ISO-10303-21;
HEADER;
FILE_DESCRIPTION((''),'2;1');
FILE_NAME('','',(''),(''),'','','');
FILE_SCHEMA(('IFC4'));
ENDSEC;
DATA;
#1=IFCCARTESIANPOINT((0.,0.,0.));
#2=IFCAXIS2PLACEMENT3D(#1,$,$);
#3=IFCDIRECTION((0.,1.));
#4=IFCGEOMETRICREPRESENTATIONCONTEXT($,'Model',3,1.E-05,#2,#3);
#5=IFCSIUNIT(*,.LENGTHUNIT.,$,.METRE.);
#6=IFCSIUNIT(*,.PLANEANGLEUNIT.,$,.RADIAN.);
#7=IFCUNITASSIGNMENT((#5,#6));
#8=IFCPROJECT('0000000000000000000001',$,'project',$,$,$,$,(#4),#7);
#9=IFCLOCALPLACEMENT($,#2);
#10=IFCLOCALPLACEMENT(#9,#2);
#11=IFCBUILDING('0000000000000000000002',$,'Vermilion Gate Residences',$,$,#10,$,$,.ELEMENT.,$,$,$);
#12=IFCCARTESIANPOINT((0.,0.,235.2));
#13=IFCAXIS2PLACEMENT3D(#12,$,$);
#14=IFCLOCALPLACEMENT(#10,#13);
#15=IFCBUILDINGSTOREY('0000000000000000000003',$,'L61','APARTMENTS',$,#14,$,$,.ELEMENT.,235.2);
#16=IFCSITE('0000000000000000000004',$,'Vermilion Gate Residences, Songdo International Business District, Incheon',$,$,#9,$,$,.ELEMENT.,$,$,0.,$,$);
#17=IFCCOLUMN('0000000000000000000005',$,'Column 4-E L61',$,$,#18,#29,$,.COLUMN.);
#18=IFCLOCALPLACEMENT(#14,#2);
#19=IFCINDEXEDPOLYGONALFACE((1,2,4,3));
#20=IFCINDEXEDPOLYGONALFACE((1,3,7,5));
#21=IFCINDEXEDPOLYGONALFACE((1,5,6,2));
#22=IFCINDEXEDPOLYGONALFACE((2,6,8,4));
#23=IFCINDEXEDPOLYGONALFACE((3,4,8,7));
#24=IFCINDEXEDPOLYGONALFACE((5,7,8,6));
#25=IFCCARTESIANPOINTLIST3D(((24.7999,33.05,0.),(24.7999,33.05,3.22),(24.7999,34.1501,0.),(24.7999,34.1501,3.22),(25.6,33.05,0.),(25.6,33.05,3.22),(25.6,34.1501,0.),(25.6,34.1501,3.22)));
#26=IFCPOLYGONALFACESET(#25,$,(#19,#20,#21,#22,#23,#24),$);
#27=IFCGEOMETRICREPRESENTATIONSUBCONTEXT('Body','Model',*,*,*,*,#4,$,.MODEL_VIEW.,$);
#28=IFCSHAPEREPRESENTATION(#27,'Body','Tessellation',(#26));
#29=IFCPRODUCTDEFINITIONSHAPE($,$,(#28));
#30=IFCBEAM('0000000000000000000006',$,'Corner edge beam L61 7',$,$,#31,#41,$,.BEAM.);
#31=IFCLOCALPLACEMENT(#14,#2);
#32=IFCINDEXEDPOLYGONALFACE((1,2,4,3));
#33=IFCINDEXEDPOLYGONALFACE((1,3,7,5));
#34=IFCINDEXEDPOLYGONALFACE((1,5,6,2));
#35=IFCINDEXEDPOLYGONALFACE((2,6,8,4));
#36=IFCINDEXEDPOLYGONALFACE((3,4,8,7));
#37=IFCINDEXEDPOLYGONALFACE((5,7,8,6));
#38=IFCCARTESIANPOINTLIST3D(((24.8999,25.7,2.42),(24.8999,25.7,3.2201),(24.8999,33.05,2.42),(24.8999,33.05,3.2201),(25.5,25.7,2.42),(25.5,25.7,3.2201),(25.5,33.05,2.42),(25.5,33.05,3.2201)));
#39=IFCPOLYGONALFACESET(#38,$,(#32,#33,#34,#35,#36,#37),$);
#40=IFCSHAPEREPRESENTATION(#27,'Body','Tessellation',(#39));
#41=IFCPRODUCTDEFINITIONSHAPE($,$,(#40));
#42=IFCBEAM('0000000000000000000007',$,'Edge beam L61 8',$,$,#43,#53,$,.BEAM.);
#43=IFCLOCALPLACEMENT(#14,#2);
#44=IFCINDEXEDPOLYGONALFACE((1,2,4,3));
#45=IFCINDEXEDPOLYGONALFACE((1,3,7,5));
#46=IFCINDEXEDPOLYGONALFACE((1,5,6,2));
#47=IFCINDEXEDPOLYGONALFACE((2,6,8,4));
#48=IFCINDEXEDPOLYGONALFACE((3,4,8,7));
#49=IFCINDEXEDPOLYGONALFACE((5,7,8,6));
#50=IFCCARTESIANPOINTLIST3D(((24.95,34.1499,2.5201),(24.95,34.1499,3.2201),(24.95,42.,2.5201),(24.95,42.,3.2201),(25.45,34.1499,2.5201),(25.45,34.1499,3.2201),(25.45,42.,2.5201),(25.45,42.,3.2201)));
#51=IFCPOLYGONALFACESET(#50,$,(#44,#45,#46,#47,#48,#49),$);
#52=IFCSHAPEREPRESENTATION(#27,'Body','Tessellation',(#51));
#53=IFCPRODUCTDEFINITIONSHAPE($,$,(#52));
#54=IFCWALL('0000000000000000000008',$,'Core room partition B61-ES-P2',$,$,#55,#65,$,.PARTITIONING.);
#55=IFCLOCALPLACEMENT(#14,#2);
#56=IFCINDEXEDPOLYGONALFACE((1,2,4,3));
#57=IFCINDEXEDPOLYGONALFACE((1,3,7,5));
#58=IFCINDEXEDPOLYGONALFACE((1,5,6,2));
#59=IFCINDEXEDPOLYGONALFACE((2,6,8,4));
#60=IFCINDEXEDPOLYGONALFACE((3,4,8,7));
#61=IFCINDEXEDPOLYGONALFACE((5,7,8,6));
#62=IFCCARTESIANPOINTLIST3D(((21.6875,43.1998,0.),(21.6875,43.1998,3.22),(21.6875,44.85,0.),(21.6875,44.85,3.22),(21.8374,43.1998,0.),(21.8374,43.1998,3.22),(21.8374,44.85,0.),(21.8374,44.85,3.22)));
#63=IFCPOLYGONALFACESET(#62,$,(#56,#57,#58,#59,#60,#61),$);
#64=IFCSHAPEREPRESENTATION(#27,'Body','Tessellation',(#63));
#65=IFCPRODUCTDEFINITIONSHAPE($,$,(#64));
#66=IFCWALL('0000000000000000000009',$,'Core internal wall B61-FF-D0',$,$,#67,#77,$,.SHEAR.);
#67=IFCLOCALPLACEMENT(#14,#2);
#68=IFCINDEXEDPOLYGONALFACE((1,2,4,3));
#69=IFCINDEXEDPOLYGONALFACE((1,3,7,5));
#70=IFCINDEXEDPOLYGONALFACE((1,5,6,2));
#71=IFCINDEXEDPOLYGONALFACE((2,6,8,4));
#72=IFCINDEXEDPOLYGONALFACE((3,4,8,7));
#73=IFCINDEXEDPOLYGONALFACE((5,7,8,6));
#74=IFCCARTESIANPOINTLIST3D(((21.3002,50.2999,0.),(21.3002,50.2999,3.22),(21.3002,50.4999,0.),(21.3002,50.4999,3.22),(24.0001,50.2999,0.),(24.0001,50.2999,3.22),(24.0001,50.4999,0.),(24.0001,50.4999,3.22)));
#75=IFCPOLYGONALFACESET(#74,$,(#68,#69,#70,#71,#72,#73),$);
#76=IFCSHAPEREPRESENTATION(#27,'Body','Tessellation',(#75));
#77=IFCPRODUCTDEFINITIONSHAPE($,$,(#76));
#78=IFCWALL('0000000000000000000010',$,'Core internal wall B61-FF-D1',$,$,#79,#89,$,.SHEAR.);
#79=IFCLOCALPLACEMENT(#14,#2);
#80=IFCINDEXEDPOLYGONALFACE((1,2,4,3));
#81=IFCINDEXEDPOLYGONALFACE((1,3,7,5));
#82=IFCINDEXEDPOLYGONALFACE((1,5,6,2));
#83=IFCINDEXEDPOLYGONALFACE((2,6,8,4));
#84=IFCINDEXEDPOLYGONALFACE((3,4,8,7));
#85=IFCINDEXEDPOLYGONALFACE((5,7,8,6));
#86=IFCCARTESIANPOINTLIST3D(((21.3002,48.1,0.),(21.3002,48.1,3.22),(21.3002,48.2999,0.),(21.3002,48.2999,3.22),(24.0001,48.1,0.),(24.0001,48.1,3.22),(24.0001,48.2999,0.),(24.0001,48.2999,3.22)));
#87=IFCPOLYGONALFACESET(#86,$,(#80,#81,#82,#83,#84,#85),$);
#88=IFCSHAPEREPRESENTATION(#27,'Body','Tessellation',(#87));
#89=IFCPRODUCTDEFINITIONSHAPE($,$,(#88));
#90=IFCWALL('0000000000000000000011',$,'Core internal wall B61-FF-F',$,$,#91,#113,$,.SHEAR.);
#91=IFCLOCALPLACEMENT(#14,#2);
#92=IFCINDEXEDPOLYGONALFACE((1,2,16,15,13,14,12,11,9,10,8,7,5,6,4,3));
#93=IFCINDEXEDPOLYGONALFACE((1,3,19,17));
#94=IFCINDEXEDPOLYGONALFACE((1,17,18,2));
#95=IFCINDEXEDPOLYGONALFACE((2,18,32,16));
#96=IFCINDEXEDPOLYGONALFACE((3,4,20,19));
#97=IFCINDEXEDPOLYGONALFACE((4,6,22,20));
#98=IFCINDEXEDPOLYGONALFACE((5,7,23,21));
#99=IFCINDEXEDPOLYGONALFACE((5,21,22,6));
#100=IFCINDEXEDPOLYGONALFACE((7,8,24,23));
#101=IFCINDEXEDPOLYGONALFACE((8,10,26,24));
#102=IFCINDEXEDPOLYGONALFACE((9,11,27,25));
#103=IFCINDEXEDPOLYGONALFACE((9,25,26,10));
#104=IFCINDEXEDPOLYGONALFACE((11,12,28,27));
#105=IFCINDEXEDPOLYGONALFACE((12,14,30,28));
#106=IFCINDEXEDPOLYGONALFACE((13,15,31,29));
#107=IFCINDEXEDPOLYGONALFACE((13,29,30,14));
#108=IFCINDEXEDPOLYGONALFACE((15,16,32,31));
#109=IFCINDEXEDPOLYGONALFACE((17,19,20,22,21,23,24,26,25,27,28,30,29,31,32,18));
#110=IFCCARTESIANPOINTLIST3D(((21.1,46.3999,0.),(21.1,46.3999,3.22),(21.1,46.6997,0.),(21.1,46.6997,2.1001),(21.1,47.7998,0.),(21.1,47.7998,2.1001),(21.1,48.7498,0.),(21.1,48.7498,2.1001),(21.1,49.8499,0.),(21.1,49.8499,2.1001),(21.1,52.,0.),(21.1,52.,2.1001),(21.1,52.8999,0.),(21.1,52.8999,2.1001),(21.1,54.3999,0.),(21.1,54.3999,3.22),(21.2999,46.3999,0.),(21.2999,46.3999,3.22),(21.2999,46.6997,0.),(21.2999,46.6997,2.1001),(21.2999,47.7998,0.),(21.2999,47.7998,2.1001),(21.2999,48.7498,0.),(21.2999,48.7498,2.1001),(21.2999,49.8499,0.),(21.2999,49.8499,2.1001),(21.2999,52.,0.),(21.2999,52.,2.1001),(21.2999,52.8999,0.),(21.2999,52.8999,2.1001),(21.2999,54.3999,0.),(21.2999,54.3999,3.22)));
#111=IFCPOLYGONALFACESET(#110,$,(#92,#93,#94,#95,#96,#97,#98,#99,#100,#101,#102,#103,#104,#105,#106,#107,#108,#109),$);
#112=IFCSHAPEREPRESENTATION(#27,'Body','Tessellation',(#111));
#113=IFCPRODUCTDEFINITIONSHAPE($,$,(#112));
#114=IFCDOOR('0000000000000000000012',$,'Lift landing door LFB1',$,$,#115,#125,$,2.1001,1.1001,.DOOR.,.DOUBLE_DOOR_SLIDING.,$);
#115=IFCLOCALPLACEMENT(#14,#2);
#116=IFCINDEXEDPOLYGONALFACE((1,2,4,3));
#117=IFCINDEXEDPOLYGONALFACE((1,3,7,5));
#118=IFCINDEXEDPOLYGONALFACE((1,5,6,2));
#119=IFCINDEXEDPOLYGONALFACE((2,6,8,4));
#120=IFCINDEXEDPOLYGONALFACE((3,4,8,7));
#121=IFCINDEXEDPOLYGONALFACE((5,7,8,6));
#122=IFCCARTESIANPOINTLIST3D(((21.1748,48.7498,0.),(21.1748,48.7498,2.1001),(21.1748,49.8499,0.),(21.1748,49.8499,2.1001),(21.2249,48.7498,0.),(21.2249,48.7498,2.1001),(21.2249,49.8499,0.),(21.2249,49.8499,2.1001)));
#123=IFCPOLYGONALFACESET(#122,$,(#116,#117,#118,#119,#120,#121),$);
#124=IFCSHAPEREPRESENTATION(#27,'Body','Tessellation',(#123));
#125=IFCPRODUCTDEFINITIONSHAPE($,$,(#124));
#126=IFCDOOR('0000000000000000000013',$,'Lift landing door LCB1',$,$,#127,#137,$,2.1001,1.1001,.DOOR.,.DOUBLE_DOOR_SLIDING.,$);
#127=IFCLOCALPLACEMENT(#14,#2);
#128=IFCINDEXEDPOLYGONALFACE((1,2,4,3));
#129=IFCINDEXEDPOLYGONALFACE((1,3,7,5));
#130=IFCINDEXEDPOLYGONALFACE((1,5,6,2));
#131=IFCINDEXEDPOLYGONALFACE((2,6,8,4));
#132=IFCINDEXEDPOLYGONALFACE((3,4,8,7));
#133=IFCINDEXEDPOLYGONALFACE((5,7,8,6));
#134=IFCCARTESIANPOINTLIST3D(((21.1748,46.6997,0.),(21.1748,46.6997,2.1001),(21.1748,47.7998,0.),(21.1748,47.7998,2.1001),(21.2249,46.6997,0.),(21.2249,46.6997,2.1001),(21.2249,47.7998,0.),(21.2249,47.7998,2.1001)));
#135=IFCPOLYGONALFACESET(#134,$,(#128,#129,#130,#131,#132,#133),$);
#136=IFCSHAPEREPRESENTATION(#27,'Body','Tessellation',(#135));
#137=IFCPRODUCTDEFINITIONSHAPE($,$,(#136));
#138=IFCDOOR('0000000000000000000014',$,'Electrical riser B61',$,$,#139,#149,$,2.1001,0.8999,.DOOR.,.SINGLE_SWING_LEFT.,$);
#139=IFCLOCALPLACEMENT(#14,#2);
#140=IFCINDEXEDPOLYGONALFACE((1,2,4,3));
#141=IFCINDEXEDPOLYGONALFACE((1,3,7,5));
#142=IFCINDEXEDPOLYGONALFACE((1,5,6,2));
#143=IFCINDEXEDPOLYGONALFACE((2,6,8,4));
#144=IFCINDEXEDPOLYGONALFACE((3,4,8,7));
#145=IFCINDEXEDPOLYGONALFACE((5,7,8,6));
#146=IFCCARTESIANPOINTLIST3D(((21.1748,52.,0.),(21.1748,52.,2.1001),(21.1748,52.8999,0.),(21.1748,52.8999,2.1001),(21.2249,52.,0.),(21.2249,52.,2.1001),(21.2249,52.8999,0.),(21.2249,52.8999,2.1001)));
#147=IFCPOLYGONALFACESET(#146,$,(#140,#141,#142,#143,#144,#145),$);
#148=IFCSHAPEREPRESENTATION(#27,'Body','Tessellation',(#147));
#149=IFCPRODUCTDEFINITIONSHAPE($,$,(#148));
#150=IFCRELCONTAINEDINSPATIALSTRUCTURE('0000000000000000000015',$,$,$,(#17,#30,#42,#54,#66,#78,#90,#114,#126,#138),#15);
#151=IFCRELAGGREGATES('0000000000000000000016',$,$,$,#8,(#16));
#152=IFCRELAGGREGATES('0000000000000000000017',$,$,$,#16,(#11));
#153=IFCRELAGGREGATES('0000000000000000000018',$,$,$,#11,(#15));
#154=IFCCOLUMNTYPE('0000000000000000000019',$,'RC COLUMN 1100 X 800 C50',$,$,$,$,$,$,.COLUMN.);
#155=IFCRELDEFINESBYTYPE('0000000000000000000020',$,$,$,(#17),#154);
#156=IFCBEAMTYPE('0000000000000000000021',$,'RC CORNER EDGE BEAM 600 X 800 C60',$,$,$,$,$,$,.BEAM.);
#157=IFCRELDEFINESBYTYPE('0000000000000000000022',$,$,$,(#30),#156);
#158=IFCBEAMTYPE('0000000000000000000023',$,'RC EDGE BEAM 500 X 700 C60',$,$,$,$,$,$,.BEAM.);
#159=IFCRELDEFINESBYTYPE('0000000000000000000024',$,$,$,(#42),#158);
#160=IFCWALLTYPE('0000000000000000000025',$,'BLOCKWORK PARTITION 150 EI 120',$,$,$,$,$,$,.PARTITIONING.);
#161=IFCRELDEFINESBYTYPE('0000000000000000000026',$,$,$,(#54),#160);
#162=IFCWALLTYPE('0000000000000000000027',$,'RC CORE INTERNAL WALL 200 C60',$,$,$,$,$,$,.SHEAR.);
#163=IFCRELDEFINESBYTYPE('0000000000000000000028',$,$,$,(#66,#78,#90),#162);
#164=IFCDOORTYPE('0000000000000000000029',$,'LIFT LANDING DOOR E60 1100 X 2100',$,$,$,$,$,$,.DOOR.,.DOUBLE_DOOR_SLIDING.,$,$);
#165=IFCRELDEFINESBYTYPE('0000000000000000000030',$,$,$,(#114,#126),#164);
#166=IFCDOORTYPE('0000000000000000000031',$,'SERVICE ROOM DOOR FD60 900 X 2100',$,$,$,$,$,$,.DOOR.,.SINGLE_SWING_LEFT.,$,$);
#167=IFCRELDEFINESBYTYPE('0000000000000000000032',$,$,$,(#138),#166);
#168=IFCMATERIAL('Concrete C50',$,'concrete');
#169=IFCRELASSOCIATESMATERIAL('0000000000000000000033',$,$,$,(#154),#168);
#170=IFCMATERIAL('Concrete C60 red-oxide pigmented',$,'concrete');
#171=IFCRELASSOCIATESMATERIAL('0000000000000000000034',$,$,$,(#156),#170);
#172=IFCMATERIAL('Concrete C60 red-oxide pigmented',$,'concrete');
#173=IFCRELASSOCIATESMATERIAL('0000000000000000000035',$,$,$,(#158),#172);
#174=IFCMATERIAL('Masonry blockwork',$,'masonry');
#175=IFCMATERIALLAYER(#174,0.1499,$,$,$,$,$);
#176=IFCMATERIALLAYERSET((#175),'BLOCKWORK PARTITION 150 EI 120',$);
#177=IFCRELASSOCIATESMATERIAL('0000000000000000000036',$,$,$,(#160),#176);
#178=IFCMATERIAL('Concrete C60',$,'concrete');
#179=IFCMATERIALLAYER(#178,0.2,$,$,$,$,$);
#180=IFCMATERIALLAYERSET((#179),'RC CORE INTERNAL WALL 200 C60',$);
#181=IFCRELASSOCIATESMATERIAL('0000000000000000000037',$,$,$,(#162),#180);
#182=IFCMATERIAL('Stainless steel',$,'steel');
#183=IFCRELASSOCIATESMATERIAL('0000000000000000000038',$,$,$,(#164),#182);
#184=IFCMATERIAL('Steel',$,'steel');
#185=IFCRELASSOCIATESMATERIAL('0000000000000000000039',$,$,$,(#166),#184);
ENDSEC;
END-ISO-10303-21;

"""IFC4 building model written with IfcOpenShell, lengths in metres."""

from ifc_helpers import new_model, si_unit, direction, frame, frame_2d, origin, origin_2d, place, context, subcontext, project, spatial, rectangle, extrude, material, layer, layer_set, material_profile, profile_set, type_object, element, fill, save


model = new_model("IFC4")

# Units and contexts
model_context = context("Model", 3, precision=1e-05, world=origin(), true_north=direction((0.0, 1.0)))
body_context = subcontext(model_context, "Body", "Model", "MODEL_VIEW")
ifc_project = project(units=[si_unit("LENGTHUNIT", "METRE"), si_unit("PLANEANGLEUNIT", "RADIAN")], contexts=[model_context])

# Site, building, storey
site_placement = place(None, origin())
site = spatial("IfcSite", under=ifc_project, at=site_placement, Name="Vermilion Gate Residences, Songdo International Business District, Incheon", CompositionType="ELEMENT", RefElevation=0.0)
building_placement = place(site_placement, origin())
building = spatial("IfcBuilding", under=site, at=building_placement, Name="Vermilion Gate Residences", CompositionType="ELEMENT")
storey_placement = place(building_placement, frame((0.0, 0.0, 235.2)))
storey = spatial("IfcBuildingStorey", under=building, at=storey_placement, Name="L61", Description="APARTMENTS", CompositionType="ELEMENT", Elevation=235.2)

# Column
ifc_material_1 = material(Name="Concrete C50", Category="concrete")
ifc_material_profile_1 = material_profile(ifc_material_1, rectangle(XDim=1.1001, YDim=0.8, at=origin_2d()), Name="RC-1100x800")
ifc_profile_set_1 = profile_set([ifc_material_profile_1], Name="Concrete C50")
column_type = type_object("IfcColumnType", Name="RC COLUMN 1100 X 800 C50", PredefinedType="COLUMN", material=ifc_profile_set_1)
column_placement = place(storey_placement, frame((25.2, 33.6001, 0.0), z_axis=(0.0, 0.0, 1.0), x_axis=(0.0, 1.0, 0.0)))
element("IfcColumn", 1, at=column_placement, inside=storey, type_object=column_type, Name="Column 4-E L61", PredefinedType="COLUMN", context=body_context, shape_type="SweptSolid", body=[
    extrude(rectangle(XDim=1.1001, YDim=0.8, at=origin_2d()), origin(), (0.0, 0.0, 1.0), 3.22),
])

# Beams
ifc_material_2 = material(Name="Concrete C60 red-oxide pigmented", Category="concrete")
ifc_material_profile_2 = material_profile(ifc_material_2, rectangle(XDim=0.6001, YDim=0.8, at=origin_2d()), Name="RC-600x800")
ifc_profile_set_2 = profile_set([ifc_material_profile_2], Name="Concrete C60 red-oxide pigmented")
beam_type_1 = type_object("IfcBeamType", Name="RC CORNER EDGE BEAM 600 X 800 C60", PredefinedType="BEAM", material=ifc_profile_set_2)
beam_1_placement = place(storey_placement, frame((25.2, 25.7, 2.8201), z_axis=(0.0, 1.0, 0.0), x_axis=(-1.0, 0.0, 0.0)))
element("IfcBeam", 2, at=beam_1_placement, inside=storey, type_object=beam_type_1, Name="Corner edge beam L61 7", PredefinedType="BEAM", context=body_context, shape_type="SweptSolid", body=[
    extrude(rectangle(XDim=0.6001, YDim=0.8, at=origin_2d()), origin(), (0.0, 0.0, 1.0), 7.3501),
])
ifc_material_3 = material(Name="Concrete C60 red-oxide pigmented", Category="concrete")
ifc_material_profile_3 = material_profile(ifc_material_3, rectangle(XDim=0.5, YDim=0.7, at=origin_2d()), Name="RC-500x700")
ifc_profile_set_3 = profile_set([ifc_material_profile_3], Name="Concrete C60 red-oxide pigmented")
beam_type_2 = type_object("IfcBeamType", Name="RC EDGE BEAM 500 X 700 C60", PredefinedType="BEAM", material=ifc_profile_set_3)
beam_2_placement = place(storey_placement, frame((25.2, 34.1499, 2.8701), z_axis=(0.0, 1.0, 0.0), x_axis=(-1.0, 0.0, 0.0)))
element("IfcBeam", 3, at=beam_2_placement, inside=storey, type_object=beam_type_2, Name="Edge beam L61 8", PredefinedType="BEAM", context=body_context, shape_type="SweptSolid", body=[
    extrude(rectangle(XDim=0.5, YDim=0.7, at=origin_2d()), origin(), (0.0, 0.0, 1.0), 7.8501),
])

# Walls
ifc_material_4 = material(Name="Masonry blockwork", Category="masonry")
ifc_layer_1 = layer(ifc_material_4, 0.1499)
ifc_layer_set_1 = layer_set([ifc_layer_1], Name="BLOCKWORK PARTITION 150 EI 120")
wall_type_1 = type_object("IfcWallType", Name="BLOCKWORK PARTITION 150 EI 120", PredefinedType="PARTITIONING", material=ifc_layer_set_1)
wall_1_placement = place(storey_placement, frame((21.7625, 44.8501, 0.0), z_axis=(0.0, 0.0, 1.0), x_axis=(0.0, -1.0, 0.0)))
element("IfcWall", 4, at=wall_1_placement, inside=storey, type_object=wall_type_1, Name="Core room partition B61-ES-P2", PredefinedType="PARTITIONING", context=body_context, shape_type="SweptSolid", body=[
    extrude(rectangle(XDim=1.6501, YDim=0.1499, at=frame_2d((0.8252, 0.0))), origin(), (0.0, 0.0, 1.0), 3.22),
])
ifc_material_5 = material(Name="Concrete C60", Category="concrete")
ifc_layer_2 = layer(ifc_material_5, 0.2)
ifc_layer_set_2 = layer_set([ifc_layer_2], Name="RC CORE INTERNAL WALL 200 C60")
wall_type_2 = type_object("IfcWallType", Name="RC CORE INTERNAL WALL 200 C60", PredefinedType="SHEAR", material=ifc_layer_set_2)
for number, where, z_axis, x_axis, name in (
    (5, (21.3, 50.3999, 0.0), (0.0, 0.0, 1.0), (1.0, 0.0, 0.0), "Core internal wall B61-FF-D0"),
    (6, (21.3, 48.2, 0.0), (0.0, 0.0, 1.0), (1.0, 0.0, 0.0), "Core internal wall B61-FF-D1"),
):
    element("IfcWall", number, at=place(storey_placement, frame(where, z_axis=z_axis, x_axis=x_axis)), inside=storey, type_object=wall_type_2, Name=name, PredefinedType="SHEAR", context=body_context, shape_type="SweptSolid", body=[
        extrude(rectangle(XDim=2.7, YDim=0.2, at=frame_2d((1.3501, 0.0))), origin(), (0.0, 0.0, 1.0), 3.22),
    ])

# Wall, openings, doors
wall_2_placement = place(storey_placement, frame((21.2, 54.3999, 0.0), z_axis=(0.0, 0.0, 1.0), x_axis=(0.0, -1.0, 0.0)))
wall_2 = element("IfcWall", 7, at=wall_2_placement, inside=storey, type_object=wall_type_2, Name="Core internal wall B61-FF-F", PredefinedType="SHEAR", context=body_context, shape_type="SweptSolid", body=[
    extrude(rectangle(XDim=8.0, YDim=0.2, at=frame_2d((4.0, 0.0))), origin(), (0.0, 0.0, 1.0), 3.22),
])
opening_1_placement = place(wall_2_placement, frame((1.5, 0.0, 0.0)))
opening_1 = element("IfcOpeningElement", 8, at=opening_1_placement, cuts=wall_2, PredefinedType="OPENING", context=body_context, shape_type="SweptSolid", body=[
    extrude(rectangle(XDim=0.8999, YDim=2.1001, at=frame_2d((0.45, 1.05))), frame((0.0, 0.1099, 0.0), z_axis=(0.0, -1.0, 0.0), x_axis=(1.0, 0.0, 0.0)), (0.0, 0.0, 1.0), 0.22),
])
opening_2_placement = place(wall_2_placement, frame((4.55, 0.0, 0.0)))
opening_2 = element("IfcOpeningElement", 9, at=opening_2_placement, cuts=wall_2, PredefinedType="OPENING", context=body_context, shape_type="SweptSolid", body=[
    extrude(rectangle(XDim=1.1001, YDim=2.1001, at=frame_2d((0.55, 1.05))), frame((0.0, 0.1099, 0.0), z_axis=(0.0, -1.0, 0.0), x_axis=(1.0, 0.0, 0.0)), (0.0, 0.0, 1.0), 0.22),
])
opening_3_placement = place(wall_2_placement, frame((6.6001, 0.0, 0.0)))
opening_3 = element("IfcOpeningElement", 10, at=opening_3_placement, cuts=wall_2, PredefinedType="OPENING", context=body_context, shape_type="SweptSolid", body=[
    extrude(rectangle(XDim=1.1001, YDim=2.1001, at=frame_2d((0.55, 1.05))), frame((0.0, 0.1099, 0.0), z_axis=(0.0, -1.0, 0.0), x_axis=(1.0, 0.0, 0.0)), (0.0, 0.0, 1.0), 0.22),
])
ifc_material_6 = material(Name="Stainless steel", Category="steel")
door_type_1 = type_object("IfcDoorType", Name="LIFT LANDING DOOR E60 1100 X 2100", OperationType="DOUBLE_DOOR_SLIDING", PredefinedType="DOOR", material=ifc_material_6)
door_1_placement = place(opening_2_placement, origin())
door_1 = element("IfcDoor", 11, at=door_1_placement, inside=storey, type_object=door_type_1, Name="Lift landing door LFB1", OperationType="DOUBLE_DOOR_SLIDING", OverallHeight=2.1001, OverallWidth=1.1001, PredefinedType="DOOR", context=body_context, shape_type="SweptSolid", body=[
    extrude(rectangle(XDim=1.1001, YDim=2.1001, at=frame_2d((0.55, 1.05))), frame((0.0, 0.0249, 0.0), z_axis=(0.0, -1.0, 0.0), x_axis=(1.0, 0.0, 0.0)), (0.0, 0.0, 1.0), 0.05),
])
fill(opening_2, door_1)
door_2_placement = place(opening_3_placement, origin())
door_2 = element("IfcDoor", 12, at=door_2_placement, inside=storey, type_object=door_type_1, Name="Lift landing door LCB1", OperationType="DOUBLE_DOOR_SLIDING", OverallHeight=2.1001, OverallWidth=1.1001, PredefinedType="DOOR", context=body_context, shape_type="SweptSolid", body=[
    extrude(rectangle(XDim=1.1001, YDim=2.1001, at=frame_2d((0.55, 1.05))), frame((0.0, 0.0249, 0.0), z_axis=(0.0, -1.0, 0.0), x_axis=(1.0, 0.0, 0.0)), (0.0, 0.0, 1.0), 0.05),
])
fill(opening_3, door_2)
ifc_material_7 = material(Name="Steel", Category="steel")
door_type_2 = type_object("IfcDoorType", Name="SERVICE ROOM DOOR FD60 900 X 2100", OperationType="SINGLE_SWING_LEFT", PredefinedType="DOOR", material=ifc_material_7)
door_3_placement = place(opening_1_placement, origin())
door_3 = element("IfcDoor", 13, at=door_3_placement, inside=storey, type_object=door_type_2, Name="Electrical riser B61", OperationType="SINGLE_SWING_LEFT", OverallHeight=2.1001, OverallWidth=0.8999, PredefinedType="DOOR", context=body_context, shape_type="SweptSolid", body=[
    extrude(rectangle(XDim=0.8999, YDim=2.1001, at=frame_2d((0.45, 1.05))), frame((0.0, 0.0249, 0.0), z_axis=(0.0, -1.0, 0.0), x_axis=(1.0, 0.0, 0.0)), (0.0, 0.0, 1.0), 0.05),
])
fill(opening_1, door_3)

save(model, "model.ifc")
